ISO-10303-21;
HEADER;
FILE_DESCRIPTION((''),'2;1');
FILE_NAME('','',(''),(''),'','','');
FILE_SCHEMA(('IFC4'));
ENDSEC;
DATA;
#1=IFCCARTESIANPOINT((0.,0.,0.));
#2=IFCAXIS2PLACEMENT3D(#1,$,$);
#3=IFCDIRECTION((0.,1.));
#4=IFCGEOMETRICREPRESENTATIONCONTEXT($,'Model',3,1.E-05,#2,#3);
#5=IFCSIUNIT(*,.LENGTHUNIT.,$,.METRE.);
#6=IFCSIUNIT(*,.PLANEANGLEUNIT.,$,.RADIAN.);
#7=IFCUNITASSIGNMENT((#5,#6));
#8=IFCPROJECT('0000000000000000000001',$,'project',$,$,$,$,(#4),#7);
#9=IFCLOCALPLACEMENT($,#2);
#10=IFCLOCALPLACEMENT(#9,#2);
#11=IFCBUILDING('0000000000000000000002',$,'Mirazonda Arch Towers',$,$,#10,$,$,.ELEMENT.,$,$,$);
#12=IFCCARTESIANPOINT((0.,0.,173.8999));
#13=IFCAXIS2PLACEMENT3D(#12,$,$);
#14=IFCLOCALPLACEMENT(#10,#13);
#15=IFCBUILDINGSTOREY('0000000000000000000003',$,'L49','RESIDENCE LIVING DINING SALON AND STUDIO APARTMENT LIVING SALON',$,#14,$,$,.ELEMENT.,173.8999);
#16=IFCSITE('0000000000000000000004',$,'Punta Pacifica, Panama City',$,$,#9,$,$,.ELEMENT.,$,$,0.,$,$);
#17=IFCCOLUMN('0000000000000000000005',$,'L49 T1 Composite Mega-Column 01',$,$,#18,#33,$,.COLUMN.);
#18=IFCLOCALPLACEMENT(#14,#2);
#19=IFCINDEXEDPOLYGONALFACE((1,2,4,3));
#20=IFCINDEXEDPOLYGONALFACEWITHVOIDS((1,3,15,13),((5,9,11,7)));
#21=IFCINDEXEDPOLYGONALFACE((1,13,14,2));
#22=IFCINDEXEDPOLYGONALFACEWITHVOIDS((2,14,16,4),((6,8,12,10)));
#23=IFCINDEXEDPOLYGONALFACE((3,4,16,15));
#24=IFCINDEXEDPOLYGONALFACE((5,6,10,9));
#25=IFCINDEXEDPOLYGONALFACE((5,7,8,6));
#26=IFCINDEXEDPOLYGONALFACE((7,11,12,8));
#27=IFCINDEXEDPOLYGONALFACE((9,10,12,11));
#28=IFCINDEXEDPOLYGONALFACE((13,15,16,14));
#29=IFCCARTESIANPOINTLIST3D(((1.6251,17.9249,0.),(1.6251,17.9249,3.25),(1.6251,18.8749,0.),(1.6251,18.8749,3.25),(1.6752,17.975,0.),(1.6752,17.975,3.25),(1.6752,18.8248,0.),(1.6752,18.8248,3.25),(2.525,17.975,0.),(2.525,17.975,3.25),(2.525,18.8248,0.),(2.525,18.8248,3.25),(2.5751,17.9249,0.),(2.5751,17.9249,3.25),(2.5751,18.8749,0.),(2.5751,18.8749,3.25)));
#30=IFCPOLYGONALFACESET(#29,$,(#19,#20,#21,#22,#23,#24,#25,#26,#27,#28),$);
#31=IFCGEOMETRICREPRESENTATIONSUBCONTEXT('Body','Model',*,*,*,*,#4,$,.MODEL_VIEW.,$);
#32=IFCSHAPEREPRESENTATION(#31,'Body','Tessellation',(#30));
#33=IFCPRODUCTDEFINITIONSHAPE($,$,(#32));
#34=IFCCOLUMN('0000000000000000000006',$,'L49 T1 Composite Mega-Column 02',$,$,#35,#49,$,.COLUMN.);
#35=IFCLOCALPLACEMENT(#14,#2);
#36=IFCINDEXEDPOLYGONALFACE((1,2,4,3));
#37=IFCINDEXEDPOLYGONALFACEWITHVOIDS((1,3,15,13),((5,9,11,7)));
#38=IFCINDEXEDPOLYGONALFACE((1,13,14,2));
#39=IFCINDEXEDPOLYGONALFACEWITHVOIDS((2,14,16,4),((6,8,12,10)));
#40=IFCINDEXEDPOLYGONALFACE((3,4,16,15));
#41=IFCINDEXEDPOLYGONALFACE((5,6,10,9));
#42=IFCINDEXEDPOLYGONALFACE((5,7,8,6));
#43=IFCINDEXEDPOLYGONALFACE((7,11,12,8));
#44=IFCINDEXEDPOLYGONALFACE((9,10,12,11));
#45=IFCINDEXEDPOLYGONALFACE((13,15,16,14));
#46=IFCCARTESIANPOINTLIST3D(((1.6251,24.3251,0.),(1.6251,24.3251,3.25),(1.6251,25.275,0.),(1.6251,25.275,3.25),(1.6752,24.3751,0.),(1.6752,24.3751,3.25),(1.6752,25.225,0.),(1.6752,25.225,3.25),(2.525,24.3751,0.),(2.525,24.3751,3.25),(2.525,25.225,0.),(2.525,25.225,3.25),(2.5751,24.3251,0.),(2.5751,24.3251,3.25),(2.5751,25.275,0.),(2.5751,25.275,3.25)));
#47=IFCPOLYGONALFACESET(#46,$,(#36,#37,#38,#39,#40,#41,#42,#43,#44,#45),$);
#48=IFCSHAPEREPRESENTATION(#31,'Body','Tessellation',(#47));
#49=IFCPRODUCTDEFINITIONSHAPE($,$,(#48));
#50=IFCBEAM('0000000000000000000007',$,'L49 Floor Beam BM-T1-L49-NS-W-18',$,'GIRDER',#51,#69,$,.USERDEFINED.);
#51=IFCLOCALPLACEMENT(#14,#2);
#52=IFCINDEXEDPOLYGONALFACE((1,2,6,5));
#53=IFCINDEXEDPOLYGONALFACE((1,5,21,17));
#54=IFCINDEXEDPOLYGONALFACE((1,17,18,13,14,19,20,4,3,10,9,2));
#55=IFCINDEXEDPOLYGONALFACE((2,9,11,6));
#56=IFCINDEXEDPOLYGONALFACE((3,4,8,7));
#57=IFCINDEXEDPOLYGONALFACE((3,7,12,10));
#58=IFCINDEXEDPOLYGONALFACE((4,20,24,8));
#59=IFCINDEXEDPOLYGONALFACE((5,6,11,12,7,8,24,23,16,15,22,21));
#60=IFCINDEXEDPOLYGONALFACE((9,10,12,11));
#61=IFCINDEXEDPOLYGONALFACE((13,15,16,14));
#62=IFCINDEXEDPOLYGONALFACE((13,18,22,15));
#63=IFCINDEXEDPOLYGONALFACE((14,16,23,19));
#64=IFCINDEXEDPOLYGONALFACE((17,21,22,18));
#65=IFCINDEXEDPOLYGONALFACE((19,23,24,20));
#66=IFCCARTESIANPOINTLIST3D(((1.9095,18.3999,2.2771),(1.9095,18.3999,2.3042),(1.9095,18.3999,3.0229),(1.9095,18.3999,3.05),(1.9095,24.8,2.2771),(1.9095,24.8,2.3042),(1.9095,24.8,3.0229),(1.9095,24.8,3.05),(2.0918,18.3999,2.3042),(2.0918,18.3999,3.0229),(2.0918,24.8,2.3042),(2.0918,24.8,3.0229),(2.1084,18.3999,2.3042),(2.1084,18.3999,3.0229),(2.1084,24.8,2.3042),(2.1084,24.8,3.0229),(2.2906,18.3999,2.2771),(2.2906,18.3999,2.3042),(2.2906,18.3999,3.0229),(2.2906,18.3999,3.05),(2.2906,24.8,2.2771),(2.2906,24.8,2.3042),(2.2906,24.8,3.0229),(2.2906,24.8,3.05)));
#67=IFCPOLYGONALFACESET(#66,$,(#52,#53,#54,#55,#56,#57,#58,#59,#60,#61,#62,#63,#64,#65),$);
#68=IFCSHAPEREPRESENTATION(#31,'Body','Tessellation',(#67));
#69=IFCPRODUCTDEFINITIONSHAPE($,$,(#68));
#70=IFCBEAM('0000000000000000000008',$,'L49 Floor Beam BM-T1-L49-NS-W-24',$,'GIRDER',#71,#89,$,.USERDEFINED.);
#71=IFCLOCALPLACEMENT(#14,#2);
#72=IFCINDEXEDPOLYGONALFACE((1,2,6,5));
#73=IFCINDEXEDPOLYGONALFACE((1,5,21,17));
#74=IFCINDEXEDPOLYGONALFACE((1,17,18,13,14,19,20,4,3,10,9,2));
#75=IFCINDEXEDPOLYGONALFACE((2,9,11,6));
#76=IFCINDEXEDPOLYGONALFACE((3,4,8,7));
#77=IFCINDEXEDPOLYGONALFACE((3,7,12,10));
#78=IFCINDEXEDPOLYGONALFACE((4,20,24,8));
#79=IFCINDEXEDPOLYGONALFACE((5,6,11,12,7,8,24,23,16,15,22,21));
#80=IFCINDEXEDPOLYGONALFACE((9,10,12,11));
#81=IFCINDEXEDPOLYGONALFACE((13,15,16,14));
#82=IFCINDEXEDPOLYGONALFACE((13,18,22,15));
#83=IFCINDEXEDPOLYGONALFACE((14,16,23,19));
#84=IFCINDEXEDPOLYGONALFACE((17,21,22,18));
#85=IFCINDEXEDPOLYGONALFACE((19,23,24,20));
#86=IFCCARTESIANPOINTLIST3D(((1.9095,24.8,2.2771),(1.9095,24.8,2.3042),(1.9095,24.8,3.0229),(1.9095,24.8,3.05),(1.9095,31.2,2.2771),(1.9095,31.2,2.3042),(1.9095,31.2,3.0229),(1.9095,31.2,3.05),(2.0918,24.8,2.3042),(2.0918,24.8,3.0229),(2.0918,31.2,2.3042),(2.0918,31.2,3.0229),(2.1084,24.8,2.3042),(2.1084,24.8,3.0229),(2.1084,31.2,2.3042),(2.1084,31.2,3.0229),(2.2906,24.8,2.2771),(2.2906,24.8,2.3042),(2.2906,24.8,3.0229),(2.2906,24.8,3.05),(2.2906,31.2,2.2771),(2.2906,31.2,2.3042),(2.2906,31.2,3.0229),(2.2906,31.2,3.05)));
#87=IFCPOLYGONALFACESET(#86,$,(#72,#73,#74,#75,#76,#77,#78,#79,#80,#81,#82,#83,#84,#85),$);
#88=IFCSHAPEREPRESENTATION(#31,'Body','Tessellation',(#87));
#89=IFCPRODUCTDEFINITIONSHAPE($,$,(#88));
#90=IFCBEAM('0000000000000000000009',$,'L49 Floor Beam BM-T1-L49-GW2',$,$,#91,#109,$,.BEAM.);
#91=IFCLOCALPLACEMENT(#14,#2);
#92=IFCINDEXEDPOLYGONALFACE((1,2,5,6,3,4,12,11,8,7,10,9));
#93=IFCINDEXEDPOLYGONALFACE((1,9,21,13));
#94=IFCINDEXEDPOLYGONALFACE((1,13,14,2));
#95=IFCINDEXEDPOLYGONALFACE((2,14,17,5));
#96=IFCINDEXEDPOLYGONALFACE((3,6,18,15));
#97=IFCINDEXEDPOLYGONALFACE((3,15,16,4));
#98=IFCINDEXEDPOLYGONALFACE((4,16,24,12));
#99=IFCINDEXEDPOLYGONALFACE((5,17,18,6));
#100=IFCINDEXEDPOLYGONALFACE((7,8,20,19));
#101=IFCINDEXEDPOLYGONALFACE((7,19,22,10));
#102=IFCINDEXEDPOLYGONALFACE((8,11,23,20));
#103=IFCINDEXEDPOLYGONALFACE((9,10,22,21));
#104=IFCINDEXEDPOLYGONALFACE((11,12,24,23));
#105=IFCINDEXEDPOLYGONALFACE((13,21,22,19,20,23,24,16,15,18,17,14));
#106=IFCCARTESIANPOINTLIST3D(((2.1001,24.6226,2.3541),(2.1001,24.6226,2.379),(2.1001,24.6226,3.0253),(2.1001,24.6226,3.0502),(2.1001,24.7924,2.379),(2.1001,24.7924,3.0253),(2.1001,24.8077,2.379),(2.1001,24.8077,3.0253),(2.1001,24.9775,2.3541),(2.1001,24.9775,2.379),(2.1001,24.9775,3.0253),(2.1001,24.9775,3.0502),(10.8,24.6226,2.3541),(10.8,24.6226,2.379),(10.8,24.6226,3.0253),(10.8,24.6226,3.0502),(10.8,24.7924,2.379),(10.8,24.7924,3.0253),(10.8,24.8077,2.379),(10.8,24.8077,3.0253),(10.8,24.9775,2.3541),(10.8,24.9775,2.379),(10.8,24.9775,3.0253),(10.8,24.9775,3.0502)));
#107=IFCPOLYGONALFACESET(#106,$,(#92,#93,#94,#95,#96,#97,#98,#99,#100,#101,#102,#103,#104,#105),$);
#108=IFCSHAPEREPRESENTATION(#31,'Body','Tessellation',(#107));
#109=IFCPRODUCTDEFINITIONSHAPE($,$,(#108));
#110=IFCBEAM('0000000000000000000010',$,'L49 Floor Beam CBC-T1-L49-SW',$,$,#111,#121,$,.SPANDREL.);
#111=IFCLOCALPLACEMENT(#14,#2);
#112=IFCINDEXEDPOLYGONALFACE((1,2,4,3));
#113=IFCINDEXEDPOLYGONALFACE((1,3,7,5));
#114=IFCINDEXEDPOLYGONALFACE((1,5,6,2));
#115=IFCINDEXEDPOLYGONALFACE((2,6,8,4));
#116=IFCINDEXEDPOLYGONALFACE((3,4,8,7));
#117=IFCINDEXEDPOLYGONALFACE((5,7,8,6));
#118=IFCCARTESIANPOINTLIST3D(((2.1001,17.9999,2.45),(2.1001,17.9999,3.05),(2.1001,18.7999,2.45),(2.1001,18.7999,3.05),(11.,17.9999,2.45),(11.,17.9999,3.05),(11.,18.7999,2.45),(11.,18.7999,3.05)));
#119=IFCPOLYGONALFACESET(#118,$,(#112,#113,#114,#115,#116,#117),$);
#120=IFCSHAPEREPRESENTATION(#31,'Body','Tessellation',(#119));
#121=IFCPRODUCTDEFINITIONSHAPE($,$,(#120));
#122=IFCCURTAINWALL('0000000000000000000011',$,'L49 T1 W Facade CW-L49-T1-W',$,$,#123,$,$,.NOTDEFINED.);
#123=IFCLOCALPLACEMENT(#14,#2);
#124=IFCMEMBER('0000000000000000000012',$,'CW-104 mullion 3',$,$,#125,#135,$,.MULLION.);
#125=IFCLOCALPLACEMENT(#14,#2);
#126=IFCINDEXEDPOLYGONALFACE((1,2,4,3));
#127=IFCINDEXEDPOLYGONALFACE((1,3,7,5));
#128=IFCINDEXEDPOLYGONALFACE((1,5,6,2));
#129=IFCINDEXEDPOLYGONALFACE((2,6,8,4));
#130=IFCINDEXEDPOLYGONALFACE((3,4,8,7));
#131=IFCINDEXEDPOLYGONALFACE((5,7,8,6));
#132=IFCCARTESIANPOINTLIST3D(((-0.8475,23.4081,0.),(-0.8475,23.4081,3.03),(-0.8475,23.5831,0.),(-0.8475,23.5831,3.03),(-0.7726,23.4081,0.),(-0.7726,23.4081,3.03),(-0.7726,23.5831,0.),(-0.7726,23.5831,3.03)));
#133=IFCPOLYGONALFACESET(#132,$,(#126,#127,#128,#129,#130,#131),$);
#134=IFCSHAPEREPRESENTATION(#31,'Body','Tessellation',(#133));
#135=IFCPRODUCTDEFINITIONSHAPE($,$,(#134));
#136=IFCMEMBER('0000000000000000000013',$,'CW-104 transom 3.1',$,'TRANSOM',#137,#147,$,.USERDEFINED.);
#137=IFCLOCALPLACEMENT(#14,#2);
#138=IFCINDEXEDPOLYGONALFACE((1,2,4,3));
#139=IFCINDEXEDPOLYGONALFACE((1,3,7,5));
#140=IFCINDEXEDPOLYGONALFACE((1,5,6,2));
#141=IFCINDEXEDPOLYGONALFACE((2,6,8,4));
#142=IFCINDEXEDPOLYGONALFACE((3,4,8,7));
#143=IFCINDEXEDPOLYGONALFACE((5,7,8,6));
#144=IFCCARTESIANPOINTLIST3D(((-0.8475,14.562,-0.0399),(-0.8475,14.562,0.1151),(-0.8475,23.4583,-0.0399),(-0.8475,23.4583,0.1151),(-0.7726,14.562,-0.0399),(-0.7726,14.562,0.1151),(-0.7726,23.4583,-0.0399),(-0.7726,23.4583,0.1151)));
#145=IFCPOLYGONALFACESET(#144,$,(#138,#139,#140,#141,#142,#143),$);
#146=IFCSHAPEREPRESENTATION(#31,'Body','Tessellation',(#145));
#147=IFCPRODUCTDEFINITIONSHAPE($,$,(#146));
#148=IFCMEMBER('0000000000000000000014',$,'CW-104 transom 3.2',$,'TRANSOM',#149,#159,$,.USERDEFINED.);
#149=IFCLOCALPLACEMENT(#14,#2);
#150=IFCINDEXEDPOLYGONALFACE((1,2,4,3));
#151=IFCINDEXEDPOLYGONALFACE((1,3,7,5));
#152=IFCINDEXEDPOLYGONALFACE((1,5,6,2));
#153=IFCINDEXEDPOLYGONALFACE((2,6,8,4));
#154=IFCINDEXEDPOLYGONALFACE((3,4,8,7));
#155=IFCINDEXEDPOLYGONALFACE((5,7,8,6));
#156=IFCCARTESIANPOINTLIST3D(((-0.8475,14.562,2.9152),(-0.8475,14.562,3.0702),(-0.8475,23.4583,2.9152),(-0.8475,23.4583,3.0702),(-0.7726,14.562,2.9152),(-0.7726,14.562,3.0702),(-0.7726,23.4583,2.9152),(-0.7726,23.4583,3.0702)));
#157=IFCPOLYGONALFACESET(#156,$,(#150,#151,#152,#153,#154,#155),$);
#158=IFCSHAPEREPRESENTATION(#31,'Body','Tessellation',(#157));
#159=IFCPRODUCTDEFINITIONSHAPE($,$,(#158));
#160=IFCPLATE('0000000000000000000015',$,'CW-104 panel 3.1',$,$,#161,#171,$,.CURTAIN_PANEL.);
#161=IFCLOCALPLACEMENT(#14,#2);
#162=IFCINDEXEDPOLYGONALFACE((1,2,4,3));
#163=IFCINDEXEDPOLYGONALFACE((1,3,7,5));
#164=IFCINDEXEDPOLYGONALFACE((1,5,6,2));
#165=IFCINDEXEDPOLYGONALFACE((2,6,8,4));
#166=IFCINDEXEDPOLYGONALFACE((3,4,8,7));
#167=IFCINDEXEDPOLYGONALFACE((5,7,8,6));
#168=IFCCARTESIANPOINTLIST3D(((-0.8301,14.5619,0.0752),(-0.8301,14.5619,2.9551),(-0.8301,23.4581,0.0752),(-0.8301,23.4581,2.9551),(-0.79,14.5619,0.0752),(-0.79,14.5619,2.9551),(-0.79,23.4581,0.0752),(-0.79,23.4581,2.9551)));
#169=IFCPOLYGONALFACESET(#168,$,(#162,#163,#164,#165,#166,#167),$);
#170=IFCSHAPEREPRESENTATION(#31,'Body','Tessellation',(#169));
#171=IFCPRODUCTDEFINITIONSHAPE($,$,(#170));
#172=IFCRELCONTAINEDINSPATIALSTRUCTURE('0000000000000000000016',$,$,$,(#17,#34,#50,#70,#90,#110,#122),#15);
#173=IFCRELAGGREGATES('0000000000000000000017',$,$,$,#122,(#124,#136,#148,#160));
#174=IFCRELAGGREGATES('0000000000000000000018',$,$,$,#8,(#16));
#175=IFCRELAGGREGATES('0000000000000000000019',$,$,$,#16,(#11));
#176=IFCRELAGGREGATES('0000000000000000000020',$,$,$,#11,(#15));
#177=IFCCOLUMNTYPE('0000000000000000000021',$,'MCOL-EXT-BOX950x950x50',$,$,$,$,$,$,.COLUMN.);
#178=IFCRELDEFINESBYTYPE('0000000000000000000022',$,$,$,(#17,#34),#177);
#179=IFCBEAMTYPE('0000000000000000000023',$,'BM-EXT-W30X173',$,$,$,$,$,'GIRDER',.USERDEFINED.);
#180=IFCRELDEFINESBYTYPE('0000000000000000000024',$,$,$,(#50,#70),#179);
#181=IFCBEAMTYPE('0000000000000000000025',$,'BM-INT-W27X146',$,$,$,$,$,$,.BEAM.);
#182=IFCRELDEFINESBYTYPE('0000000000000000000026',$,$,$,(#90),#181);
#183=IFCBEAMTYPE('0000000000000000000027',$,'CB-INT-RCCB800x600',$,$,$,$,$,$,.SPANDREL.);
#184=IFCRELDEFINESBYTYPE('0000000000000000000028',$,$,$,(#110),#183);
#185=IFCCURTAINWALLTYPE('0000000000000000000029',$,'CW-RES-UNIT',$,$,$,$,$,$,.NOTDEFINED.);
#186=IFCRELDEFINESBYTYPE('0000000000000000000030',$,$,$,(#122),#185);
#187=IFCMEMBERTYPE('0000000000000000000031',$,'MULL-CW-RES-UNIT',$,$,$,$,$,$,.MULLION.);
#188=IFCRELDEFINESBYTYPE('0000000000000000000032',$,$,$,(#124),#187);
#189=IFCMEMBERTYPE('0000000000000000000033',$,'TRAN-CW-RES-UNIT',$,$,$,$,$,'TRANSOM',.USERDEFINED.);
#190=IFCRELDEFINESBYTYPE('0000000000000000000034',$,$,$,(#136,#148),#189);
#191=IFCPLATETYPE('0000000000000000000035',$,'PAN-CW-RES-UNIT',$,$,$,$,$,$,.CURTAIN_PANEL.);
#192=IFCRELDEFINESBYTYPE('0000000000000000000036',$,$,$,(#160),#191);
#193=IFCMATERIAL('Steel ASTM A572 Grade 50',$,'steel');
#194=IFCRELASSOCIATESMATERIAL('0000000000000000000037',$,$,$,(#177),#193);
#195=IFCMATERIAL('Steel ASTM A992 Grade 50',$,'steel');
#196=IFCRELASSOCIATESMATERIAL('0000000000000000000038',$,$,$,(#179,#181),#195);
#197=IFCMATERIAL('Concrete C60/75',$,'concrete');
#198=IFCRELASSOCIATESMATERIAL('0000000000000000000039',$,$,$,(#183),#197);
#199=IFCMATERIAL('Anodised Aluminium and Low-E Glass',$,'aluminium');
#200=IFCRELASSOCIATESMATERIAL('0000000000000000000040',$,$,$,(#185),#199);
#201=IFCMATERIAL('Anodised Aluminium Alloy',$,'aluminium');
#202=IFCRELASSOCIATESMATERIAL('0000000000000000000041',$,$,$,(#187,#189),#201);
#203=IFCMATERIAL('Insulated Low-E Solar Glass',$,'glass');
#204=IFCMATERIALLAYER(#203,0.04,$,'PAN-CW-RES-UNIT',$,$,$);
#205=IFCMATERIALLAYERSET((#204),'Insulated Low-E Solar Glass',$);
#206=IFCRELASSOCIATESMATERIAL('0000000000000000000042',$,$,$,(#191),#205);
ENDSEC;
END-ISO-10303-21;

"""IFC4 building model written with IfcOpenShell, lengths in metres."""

from ifc_helpers import new_model, si_unit, direction, frame, origin, origin_2d, place, context, subcontext, project, spatial, rectangle, hollow_rectangle, i_section, extrude, material, layer, layer_set, material_profile, profile_set, type_object, element, aggregate, save


model = new_model("IFC4")

# Units and contexts
model_context = context("Model", 3, precision=1e-05, world=origin(), true_north=direction((0.0, 1.0)))
body_context = subcontext(model_context, "Body", "Model", "MODEL_VIEW")
ifc_project = project(units=[si_unit("LENGTHUNIT", "METRE"), si_unit("PLANEANGLEUNIT", "RADIAN")], contexts=[model_context])

# Site, building, storey
site_placement = place(None, origin())
site = spatial("IfcSite", under=ifc_project, at=site_placement, Name="Punta Pacifica, Panama City", CompositionType="ELEMENT", RefElevation=0.0)
building_placement = place(site_placement, origin())
building = spatial("IfcBuilding", under=site, at=building_placement, Name="Mirazonda Arch Towers", CompositionType="ELEMENT")
storey_placement = place(building_placement, frame((0.0, 0.0, 173.8999)))
storey = spatial("IfcBuildingStorey", under=building, at=storey_placement, Name="L49", Description="RESIDENCE LIVING DINING SALON AND STUDIO APARTMENT LIVING SALON", CompositionType="ELEMENT", Elevation=173.8999)

# Columns
ifc_material_1 = material(Name="Steel ASTM A572 Grade 50", Category="steel")
ifc_material_profile_1 = material_profile(ifc_material_1, hollow_rectangle(XDim=0.95, YDim=0.95, WallThickness=0.05, at=origin_2d()), Name="BOX950x950x50")
ifc_profile_set_1 = profile_set([ifc_material_profile_1], Name="Steel ASTM A572 Grade 50")
column_type = type_object("IfcColumnType", Name="MCOL-EXT-BOX950x950x50", PredefinedType="COLUMN", material=ifc_profile_set_1)
for number, where, z_axis, x_axis, name in (
    (1, (2.1001, 18.3999, 0.0), (0.0, 0.0, 1.0), (1.0, 0.0, 0.0), "L49 T1 Composite Mega-Column 01"),
    (2, (2.1001, 24.8, 0.0), (0.0, 0.0, 1.0), (1.0, 0.0, 0.0), "L49 T1 Composite Mega-Column 02"),
):
    element("IfcColumn", number, at=place(storey_placement, frame(where, z_axis=z_axis, x_axis=x_axis)), inside=storey, type_object=column_type, Name=name, PredefinedType="COLUMN", context=body_context, shape_type="SweptSolid", body=[
        extrude(hollow_rectangle(XDim=0.95, YDim=0.95, WallThickness=0.05, at=origin_2d()), origin(), (0.0, 0.0, 1.0), 3.25),
    ])

# Beams
ifc_material_2 = material(Name="Steel ASTM A992 Grade 50", Category="steel")
ifc_material_profile_2 = material_profile(ifc_material_2, i_section(OverallWidth=0.3811, OverallDepth=0.7729, WebThickness=0.0166, FlangeThickness=0.0271, at=origin_2d()), Name="W30X173")
ifc_profile_set_2 = profile_set([ifc_material_profile_2], Name="Steel ASTM A992 Grade 50")
beam_type_1 = type_object("IfcBeamType", Name="BM-EXT-W30X173", ElementType="GIRDER", PredefinedType="USERDEFINED", material=ifc_profile_set_2)
beam_1_placement = place(storey_placement, frame((2.1001, 18.3999, 2.6636), z_axis=(0.0, 1.0, 0.0), x_axis=(-1.0, 0.0, 0.0)))
element("IfcBeam", 3, at=beam_1_placement, inside=storey, type_object=beam_type_1, Name="L49 Floor Beam BM-T1-L49-NS-W-18", ObjectType="GIRDER", PredefinedType="USERDEFINED", context=body_context, shape_type="SweptSolid", body=[
    extrude(i_section(OverallWidth=0.3811, OverallDepth=0.7729, WebThickness=0.0166, FlangeThickness=0.0271, at=origin_2d()), origin(), (0.0, 0.0, 1.0), 6.4001),
])
beam_2_placement = place(storey_placement, frame((2.1001, 24.8, 2.6636), z_axis=(0.0, 1.0, 0.0), x_axis=(-1.0, 0.0, 0.0)))
element("IfcBeam", 4, at=beam_2_placement, inside=storey, type_object=beam_type_1, Name="L49 Floor Beam BM-T1-L49-NS-W-24", ObjectType="GIRDER", PredefinedType="USERDEFINED", context=body_context, shape_type="SweptSolid", body=[
    extrude(i_section(OverallWidth=0.3811, OverallDepth=0.7729, WebThickness=0.0166, FlangeThickness=0.0271, at=origin_2d()), origin(), (0.0, 0.0, 1.0), 6.3999),
])
ifc_material_profile_3 = material_profile(ifc_material_2, i_section(OverallWidth=0.355, OverallDepth=0.696, WebThickness=0.0154, FlangeThickness=0.0249, at=origin_2d()), Name="W27X146")
ifc_profile_set_3 = profile_set([ifc_material_profile_3], Name="Steel ASTM A992 Grade 50")
beam_type_2 = type_object("IfcBeamType", Name="BM-INT-W27X146", PredefinedType="BEAM", material=ifc_profile_set_3)
beam_3_placement = place(storey_placement, frame((2.1001, 24.8, 2.7021), z_axis=(1.0, 0.0, 0.0), x_axis=(0.0, 1.0, 0.0)))
element("IfcBeam", 5, at=beam_3_placement, inside=storey, type_object=beam_type_2, Name="L49 Floor Beam BM-T1-L49-GW2", PredefinedType="BEAM", context=body_context, shape_type="SweptSolid", body=[
    extrude(i_section(OverallWidth=0.355, OverallDepth=0.696, WebThickness=0.0154, FlangeThickness=0.0249, at=origin_2d()), origin(), (0.0, 0.0, 1.0), 8.7),
])
ifc_material_3 = material(Name="Concrete C60/75", Category="concrete")
ifc_material_profile_4 = material_profile(ifc_material_3, rectangle(XDim=0.8, YDim=0.6001, at=origin_2d()), Name="RCCB800x600")
ifc_profile_set_4 = profile_set([ifc_material_profile_4], Name="Concrete C60/75")
beam_type_3 = type_object("IfcBeamType", Name="CB-INT-RCCB800x600", PredefinedType="SPANDREL", material=ifc_profile_set_4)
beam_4_placement = place(storey_placement, frame((2.1001, 18.3999, 2.75), z_axis=(1.0, 0.0, 0.0), x_axis=(0.0, 1.0, 0.0)))
element("IfcBeam", 6, at=beam_4_placement, inside=storey, type_object=beam_type_3, Name="L49 Floor Beam CBC-T1-L49-SW", PredefinedType="SPANDREL", context=body_context, shape_type="SweptSolid", body=[
    extrude(rectangle(XDim=0.8, YDim=0.6001, at=origin_2d()), origin(), (0.0, 0.0, 1.0), 8.8999),
])

# Curtain wall, members, plate
ifc_material_4 = material(Name="Anodised Aluminium and Low-E Glass", Category="aluminium")
curtain_wall_type = type_object("IfcCurtainWallType", Name="CW-RES-UNIT", PredefinedType="NOTDEFINED", material=ifc_material_4)
curtain_wall_placement = place(storey_placement, origin())
curtain_wall = element("IfcCurtainWall", 7, at=curtain_wall_placement, inside=storey, type_object=curtain_wall_type, Name="L49 T1 W Facade CW-L49-T1-W", PredefinedType="NOTDEFINED")
ifc_material_5 = material(Name="Anodised Aluminium Alloy", Category="aluminium")
ifc_material_profile_5 = material_profile(ifc_material_5, rectangle(XDim=0.075, YDim=0.175, at=origin_2d()), Name="ALU-MULL-75x175")
ifc_profile_set_5 = profile_set([ifc_material_profile_5], Name="Anodised Aluminium Alloy")
member_type_1 = type_object("IfcMemberType", Name="MULL-CW-RES-UNIT", PredefinedType="MULLION", material=ifc_profile_set_5)
member_1_placement = place(storey_placement, frame((-0.8101, 23.4956, 0.0), z_axis=(0.0, 0.0, 1.0), x_axis=(1.0, 0.0, 0.0)))
member_1 = element("IfcMember", 8, at=member_1_placement, type_object=member_type_1, Name="CW-104 mullion 3", PredefinedType="MULLION", context=body_context, shape_type="SweptSolid", body=[
    extrude(rectangle(XDim=0.075, YDim=0.175, at=origin_2d()), origin(), (0.0, 0.0, 1.0), 3.03),
])
ifc_material_profile_6 = material_profile(ifc_material_5, rectangle(XDim=0.075, YDim=0.155, at=origin_2d()), Name="ALU-TRAN-75x155")
ifc_profile_set_6 = profile_set([ifc_material_profile_6], Name="Anodised Aluminium Alloy")
member_type_2 = type_object("IfcMemberType", Name="TRAN-CW-RES-UNIT", ElementType="TRANSOM", PredefinedType="USERDEFINED", material=ifc_profile_set_6)
member_2_placement = place(storey_placement, frame((-0.8101, 23.4583, 0.0376), z_axis=(0.0, -1.0, 0.0), x_axis=(1.0, 0.0, 0.0)))
member_2 = element("IfcMember", 9, at=member_2_placement, type_object=member_type_2, Name="CW-104 transom 3.1", ObjectType="TRANSOM", PredefinedType="USERDEFINED", context=body_context, shape_type="SweptSolid", body=[
    extrude(rectangle(XDim=0.075, YDim=0.155, at=origin_2d()), origin(), (0.0, 0.0, 1.0), 8.8962),
])
member_3_placement = place(storey_placement, frame((-0.8101, 23.4583, 2.9927), z_axis=(0.0, -1.0, 0.0), x_axis=(1.0, 0.0, 0.0)))
member_3 = element("IfcMember", 10, at=member_3_placement, type_object=member_type_2, Name="CW-104 transom 3.2", ObjectType="TRANSOM", PredefinedType="USERDEFINED", context=body_context, shape_type="SweptSolid", body=[
    extrude(rectangle(XDim=0.075, YDim=0.155, at=origin_2d()), origin(), (0.0, 0.0, 1.0), 8.8962),
])
ifc_material_6 = material(Name="Insulated Low-E Solar Glass", Category="glass")
ifc_layer_1 = layer(ifc_material_6, 0.04, Name="PAN-CW-RES-UNIT")
ifc_layer_set_1 = layer_set([ifc_layer_1], Name="Insulated Low-E Solar Glass")
plate_type = type_object("IfcPlateType", Name="PAN-CW-RES-UNIT", PredefinedType="CURTAIN_PANEL", material=ifc_layer_set_1)
plate_placement = place(storey_placement, frame((-0.8101, 19.01, 0.0752), z_axis=(0.0, 0.0, 1.0), x_axis=(0.0, -1.0, 0.0)))
plate = element("IfcPlate", 11, at=plate_placement, type_object=plate_type, Name="CW-104 panel 3.1", PredefinedType="CURTAIN_PANEL", context=body_context, shape_type="SweptSolid", body=[
    extrude(rectangle(XDim=8.8962, YDim=0.04, at=origin_2d()), origin(), (0.0, 0.0, 1.0), 2.8799),
])
aggregate(curtain_wall, [member_1, member_2, member_3, plate])

save(model, "model.ifc")
